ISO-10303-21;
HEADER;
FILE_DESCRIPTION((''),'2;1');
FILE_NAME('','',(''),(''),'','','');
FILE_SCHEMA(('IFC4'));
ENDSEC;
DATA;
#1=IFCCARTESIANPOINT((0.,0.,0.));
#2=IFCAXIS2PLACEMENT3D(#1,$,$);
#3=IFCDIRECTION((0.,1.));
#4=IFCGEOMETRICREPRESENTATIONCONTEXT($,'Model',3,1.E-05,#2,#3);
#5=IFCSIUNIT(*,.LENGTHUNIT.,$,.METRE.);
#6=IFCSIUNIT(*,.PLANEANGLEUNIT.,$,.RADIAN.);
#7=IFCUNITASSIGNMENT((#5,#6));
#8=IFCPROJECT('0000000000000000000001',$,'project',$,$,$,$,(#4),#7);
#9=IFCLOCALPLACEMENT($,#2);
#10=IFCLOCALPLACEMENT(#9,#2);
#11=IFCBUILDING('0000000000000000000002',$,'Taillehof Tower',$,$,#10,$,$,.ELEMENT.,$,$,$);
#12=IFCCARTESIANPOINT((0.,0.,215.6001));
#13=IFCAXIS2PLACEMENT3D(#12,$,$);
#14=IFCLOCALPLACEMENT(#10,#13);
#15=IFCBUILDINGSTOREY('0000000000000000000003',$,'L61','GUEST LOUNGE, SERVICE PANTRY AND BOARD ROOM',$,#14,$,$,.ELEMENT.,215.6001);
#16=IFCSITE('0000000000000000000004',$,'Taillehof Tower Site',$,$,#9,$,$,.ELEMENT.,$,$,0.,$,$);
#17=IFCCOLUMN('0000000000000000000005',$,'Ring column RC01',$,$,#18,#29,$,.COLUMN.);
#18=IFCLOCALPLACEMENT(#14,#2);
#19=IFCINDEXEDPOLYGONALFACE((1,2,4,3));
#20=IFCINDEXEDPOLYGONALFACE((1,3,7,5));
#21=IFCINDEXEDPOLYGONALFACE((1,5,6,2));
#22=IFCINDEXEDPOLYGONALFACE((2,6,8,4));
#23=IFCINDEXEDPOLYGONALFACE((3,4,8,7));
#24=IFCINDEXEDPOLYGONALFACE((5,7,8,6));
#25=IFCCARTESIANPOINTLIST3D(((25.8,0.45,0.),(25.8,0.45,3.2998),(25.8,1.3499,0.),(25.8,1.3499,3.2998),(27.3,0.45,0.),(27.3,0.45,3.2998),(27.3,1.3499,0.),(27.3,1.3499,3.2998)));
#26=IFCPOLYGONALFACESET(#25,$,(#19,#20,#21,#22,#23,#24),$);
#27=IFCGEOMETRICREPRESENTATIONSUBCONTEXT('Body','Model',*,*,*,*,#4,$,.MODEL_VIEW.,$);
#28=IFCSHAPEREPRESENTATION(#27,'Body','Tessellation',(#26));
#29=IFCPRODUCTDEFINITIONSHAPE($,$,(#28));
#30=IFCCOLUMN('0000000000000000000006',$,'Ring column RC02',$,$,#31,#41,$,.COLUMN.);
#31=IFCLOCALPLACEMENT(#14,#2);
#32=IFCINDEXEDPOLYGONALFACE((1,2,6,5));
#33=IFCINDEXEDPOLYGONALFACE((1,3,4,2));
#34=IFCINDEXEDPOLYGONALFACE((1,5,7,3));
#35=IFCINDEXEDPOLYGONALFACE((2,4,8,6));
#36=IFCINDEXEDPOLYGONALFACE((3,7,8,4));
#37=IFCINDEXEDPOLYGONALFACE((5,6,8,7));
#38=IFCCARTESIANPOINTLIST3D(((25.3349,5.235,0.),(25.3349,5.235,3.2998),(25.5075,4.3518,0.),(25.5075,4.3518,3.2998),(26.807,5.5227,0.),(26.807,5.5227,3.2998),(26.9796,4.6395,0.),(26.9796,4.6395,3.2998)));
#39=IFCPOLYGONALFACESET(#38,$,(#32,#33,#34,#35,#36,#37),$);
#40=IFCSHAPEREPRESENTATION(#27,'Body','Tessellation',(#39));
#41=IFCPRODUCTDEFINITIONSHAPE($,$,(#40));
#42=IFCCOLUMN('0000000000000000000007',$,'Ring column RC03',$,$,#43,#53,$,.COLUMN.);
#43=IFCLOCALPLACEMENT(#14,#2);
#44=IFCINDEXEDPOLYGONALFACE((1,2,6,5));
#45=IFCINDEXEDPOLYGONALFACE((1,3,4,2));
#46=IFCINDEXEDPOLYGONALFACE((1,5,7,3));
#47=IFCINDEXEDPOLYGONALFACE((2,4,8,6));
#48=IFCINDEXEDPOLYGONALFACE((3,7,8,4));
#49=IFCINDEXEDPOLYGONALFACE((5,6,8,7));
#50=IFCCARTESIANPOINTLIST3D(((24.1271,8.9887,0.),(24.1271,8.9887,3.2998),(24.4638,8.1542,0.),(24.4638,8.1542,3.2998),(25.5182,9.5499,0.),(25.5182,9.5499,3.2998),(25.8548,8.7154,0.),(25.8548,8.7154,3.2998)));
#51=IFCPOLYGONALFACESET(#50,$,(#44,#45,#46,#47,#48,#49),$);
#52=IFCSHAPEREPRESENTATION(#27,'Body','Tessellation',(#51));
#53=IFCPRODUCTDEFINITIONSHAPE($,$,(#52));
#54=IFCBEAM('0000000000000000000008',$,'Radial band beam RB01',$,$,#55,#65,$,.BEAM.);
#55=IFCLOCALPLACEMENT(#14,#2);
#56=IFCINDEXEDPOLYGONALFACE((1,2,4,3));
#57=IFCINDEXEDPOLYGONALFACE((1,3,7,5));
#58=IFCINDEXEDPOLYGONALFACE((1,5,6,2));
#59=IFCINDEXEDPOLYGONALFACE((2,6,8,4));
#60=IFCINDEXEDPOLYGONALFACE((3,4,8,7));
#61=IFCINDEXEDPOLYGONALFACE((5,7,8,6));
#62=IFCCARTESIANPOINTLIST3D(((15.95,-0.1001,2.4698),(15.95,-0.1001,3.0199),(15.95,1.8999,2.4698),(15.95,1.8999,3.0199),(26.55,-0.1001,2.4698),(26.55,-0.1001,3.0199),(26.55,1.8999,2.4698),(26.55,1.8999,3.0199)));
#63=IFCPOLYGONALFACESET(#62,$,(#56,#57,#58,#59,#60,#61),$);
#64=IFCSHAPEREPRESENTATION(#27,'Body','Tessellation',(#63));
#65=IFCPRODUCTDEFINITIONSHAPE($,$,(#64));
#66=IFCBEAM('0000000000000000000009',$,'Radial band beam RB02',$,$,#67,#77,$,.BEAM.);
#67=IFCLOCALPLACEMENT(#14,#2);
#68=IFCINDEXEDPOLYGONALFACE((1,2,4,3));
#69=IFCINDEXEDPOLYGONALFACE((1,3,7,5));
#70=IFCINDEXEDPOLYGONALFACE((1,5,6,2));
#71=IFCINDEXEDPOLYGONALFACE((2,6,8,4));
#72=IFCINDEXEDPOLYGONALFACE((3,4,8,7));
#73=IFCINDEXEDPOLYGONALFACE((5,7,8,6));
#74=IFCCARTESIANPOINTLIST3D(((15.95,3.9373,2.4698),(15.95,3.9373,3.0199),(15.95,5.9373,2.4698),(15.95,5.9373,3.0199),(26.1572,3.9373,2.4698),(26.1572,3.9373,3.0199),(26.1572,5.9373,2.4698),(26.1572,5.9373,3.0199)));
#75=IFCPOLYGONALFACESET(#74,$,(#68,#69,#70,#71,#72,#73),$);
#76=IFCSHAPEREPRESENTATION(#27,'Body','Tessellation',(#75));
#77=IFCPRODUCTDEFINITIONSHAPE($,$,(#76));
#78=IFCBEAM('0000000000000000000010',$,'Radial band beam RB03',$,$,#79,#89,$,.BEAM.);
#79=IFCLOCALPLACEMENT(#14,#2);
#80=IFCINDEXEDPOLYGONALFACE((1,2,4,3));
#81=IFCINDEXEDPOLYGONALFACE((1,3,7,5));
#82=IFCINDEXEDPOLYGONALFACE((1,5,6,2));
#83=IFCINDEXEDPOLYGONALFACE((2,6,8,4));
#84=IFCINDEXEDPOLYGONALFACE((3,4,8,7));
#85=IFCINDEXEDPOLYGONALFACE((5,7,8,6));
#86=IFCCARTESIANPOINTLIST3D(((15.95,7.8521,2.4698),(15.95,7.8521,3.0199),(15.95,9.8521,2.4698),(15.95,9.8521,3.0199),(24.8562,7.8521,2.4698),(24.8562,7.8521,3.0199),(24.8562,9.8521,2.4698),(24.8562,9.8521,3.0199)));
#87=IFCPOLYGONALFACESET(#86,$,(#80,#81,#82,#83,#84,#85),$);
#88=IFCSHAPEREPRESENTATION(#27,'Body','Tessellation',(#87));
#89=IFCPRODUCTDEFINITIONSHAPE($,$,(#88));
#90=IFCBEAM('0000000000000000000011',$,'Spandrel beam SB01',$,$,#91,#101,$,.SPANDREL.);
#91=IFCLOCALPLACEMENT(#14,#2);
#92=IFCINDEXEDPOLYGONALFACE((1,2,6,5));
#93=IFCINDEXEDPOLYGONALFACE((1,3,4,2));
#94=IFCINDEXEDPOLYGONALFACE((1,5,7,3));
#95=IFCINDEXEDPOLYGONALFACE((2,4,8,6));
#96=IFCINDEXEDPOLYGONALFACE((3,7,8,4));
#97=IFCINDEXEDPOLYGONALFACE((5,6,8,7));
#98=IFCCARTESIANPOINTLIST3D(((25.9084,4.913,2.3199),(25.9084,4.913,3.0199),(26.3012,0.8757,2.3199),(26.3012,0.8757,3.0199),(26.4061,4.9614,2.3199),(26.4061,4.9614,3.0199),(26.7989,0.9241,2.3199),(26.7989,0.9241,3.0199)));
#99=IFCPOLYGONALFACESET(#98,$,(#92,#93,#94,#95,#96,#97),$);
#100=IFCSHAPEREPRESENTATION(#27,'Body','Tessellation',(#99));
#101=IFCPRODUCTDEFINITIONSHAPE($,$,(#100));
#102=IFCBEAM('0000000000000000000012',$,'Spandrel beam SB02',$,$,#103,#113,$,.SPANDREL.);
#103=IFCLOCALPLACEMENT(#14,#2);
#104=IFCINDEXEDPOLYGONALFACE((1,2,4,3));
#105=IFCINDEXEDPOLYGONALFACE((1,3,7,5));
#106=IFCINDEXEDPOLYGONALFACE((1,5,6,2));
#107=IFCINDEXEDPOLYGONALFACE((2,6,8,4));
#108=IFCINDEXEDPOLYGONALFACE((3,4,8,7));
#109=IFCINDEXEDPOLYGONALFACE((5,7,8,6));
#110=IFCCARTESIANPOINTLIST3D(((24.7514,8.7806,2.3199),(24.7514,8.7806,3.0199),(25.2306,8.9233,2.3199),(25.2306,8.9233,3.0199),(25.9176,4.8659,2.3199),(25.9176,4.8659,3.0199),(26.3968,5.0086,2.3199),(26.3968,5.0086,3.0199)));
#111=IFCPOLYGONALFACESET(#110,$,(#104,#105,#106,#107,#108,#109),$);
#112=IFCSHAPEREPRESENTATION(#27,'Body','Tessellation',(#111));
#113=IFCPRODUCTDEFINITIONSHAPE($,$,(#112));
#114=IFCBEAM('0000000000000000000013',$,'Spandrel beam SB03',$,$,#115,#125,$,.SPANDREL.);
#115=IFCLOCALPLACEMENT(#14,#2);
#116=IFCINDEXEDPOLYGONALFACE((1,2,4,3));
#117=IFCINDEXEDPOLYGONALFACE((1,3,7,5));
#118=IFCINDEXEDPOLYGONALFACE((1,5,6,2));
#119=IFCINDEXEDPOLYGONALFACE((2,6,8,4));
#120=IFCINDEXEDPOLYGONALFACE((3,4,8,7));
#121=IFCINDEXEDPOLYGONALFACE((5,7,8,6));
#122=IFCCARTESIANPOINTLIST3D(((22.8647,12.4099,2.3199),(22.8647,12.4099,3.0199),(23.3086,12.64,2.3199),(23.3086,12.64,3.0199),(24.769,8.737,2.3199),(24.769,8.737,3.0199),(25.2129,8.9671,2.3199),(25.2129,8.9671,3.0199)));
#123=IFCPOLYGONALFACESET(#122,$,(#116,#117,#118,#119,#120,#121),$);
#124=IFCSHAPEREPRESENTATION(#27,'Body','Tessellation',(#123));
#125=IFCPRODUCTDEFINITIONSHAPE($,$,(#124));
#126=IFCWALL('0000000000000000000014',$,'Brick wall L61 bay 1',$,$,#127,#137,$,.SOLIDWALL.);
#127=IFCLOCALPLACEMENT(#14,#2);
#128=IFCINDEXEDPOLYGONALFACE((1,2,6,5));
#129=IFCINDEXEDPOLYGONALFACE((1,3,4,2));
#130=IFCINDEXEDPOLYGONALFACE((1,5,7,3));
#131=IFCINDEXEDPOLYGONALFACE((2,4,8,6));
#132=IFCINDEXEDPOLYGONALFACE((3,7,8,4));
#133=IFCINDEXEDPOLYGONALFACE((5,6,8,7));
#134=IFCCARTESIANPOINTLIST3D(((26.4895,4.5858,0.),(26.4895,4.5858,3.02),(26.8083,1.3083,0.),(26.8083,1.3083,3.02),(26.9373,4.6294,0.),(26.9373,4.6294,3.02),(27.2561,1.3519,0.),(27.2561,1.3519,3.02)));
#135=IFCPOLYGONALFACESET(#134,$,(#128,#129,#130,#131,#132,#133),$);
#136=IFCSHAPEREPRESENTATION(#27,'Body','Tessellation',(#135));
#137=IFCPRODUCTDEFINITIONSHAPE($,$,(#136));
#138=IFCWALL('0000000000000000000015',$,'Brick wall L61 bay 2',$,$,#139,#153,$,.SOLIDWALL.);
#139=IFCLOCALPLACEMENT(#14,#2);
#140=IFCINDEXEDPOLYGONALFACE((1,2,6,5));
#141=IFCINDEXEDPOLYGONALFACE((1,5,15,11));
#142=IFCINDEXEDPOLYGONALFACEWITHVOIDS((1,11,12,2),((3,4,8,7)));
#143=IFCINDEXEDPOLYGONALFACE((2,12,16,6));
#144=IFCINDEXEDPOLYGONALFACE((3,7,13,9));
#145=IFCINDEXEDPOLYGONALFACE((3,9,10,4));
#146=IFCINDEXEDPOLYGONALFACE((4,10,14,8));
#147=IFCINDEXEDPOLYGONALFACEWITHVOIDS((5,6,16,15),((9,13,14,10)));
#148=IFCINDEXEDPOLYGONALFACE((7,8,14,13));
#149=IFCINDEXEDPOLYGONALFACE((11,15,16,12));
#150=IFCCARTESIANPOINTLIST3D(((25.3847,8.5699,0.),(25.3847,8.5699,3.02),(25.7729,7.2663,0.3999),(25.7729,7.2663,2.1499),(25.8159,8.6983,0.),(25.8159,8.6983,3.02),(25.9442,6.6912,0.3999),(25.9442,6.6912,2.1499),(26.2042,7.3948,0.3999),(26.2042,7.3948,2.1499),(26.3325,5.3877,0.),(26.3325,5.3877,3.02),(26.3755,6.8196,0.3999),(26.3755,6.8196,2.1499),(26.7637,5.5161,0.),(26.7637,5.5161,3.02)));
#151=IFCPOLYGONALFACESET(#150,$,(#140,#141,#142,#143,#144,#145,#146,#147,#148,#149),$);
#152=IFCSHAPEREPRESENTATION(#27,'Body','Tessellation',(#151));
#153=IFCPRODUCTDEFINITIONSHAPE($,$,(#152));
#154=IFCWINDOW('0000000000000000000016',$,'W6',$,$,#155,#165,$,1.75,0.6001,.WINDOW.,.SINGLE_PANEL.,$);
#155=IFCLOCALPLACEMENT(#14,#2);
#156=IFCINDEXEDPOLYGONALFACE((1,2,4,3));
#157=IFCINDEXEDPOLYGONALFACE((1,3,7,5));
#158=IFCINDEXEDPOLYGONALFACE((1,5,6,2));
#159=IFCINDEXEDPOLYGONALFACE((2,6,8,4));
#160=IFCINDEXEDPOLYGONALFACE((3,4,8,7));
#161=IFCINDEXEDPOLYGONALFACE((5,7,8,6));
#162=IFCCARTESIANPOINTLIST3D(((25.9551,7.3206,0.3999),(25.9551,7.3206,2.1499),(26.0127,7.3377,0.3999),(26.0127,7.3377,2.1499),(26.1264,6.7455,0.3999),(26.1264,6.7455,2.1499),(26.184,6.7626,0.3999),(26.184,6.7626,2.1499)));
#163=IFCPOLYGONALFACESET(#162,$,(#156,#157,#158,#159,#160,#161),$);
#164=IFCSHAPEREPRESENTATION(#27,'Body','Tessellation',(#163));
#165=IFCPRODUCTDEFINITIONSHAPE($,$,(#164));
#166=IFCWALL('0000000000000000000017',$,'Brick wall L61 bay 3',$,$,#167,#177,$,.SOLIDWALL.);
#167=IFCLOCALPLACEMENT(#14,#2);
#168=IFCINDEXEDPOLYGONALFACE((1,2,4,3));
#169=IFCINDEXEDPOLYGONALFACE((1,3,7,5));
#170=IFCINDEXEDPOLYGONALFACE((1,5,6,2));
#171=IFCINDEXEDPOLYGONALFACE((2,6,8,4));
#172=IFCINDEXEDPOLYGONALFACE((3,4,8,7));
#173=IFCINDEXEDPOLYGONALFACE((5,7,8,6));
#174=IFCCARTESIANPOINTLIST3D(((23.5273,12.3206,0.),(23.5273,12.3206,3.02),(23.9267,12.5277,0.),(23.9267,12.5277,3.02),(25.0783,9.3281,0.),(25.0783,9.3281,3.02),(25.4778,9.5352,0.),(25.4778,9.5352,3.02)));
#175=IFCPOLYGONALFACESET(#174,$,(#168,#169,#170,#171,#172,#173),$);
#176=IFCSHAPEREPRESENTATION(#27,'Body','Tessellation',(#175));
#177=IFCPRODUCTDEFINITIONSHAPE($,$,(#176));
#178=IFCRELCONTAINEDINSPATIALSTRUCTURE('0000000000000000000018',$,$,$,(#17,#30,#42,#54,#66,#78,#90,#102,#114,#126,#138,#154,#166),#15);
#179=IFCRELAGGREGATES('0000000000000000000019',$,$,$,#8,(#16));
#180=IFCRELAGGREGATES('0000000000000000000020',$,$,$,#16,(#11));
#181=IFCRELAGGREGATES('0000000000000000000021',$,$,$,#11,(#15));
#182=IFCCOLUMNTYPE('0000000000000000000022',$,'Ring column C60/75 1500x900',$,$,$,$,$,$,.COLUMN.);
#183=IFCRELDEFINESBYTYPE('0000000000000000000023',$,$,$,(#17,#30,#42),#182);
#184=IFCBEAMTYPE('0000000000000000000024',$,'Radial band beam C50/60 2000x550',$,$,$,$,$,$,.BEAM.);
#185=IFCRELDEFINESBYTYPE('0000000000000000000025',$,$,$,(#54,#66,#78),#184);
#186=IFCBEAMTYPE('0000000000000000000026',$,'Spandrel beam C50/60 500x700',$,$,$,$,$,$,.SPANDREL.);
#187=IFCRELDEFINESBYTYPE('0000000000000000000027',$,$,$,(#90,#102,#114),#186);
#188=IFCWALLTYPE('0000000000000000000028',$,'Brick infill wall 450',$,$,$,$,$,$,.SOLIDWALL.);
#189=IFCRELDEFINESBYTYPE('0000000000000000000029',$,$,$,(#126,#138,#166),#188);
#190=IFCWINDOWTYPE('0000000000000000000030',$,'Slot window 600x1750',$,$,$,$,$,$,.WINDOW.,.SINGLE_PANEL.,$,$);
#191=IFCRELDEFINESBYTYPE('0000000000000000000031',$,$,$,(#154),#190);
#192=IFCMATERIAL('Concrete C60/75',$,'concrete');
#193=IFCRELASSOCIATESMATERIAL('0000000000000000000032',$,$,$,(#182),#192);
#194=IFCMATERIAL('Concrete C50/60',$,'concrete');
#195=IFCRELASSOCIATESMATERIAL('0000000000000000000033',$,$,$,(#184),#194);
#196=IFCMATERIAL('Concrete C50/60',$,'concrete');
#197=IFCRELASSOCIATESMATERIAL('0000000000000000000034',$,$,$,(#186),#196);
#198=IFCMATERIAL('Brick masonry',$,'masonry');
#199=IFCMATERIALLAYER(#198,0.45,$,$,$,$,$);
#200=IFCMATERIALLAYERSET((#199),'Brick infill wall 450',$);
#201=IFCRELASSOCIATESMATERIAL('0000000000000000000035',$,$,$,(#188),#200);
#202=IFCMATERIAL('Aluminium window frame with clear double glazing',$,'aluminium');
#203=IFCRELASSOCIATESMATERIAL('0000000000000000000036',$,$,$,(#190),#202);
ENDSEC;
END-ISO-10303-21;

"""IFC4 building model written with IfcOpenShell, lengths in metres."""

from ifc_helpers import new_model, si_unit, direction, frame, frame_2d, origin, origin_2d, place, context, subcontext, project, spatial, rectangle, extrude, material, layer, layer_set, material_profile, profile_set, type_object, element, fill, save


model = new_model("IFC4")

# Units and contexts
model_context = context("Model", 3, precision=1e-05, world=origin(), true_north=direction((0.0, 1.0)))
body_context = subcontext(model_context, "Body", "Model", "MODEL_VIEW")
ifc_project = project(units=[si_unit("LENGTHUNIT", "METRE"), si_unit("PLANEANGLEUNIT", "RADIAN")], contexts=[model_context])

# Site, building, storey
site_placement = place(None, origin())
site = spatial("IfcSite", under=ifc_project, at=site_placement, Name="Taillehof Tower Site", CompositionType="ELEMENT", RefElevation=0.0)
building_placement = place(site_placement, origin())
building = spatial("IfcBuilding", under=site, at=building_placement, Name="Taillehof Tower", CompositionType="ELEMENT")
storey_placement = place(building_placement, frame((0.0, 0.0, 215.6001)))
storey = spatial("IfcBuildingStorey", under=building, at=storey_placement, Name="L61", Description="GUEST LOUNGE, SERVICE PANTRY AND BOARD ROOM", CompositionType="ELEMENT", Elevation=215.6001)

# Columns
ifc_material_1 = material(Name="Concrete C60/75", Category="concrete")
ifc_material_profile_1 = material_profile(ifc_material_1, rectangle(XDim=1.5, YDim=0.8999, at=origin_2d()), Name="RC 1500x900")
ifc_profile_set_1 = profile_set([ifc_material_profile_1], Name="Concrete C60/75")
column_type = type_object("IfcColumnType", Name="Ring column C60/75 1500x900", PredefinedType="COLUMN", material=ifc_profile_set_1)
for number, where, z_axis, x_axis, name in (
    (1, (26.55, 0.8999, 0.0), (0.0, 0.0, 1.0), (1.0, 0.0, 0.0), "Ring column RC01"),
    (2, (26.1572, 4.9373, 0.0), (0.0, 0.0, 1.0), (0.981434, 0.191801, 0.0), "Ring column RC02"),
    (3, (24.991, 8.8521, 0.0), (0.0, 0.0, 1.0), (0.927385, 0.374108, 0.0), "Ring column RC03"),
):
    element("IfcColumn", number, at=place(storey_placement, frame(where, z_axis=z_axis, x_axis=x_axis)), inside=storey, type_object=column_type, Name=name, PredefinedType="COLUMN", context=body_context, shape_type="SweptSolid", body=[
        extrude(rectangle(XDim=1.5, YDim=0.8999, at=origin_2d()), origin(), (0.0, 0.0, 1.0), 3.2998),
    ])

# Beams
ifc_material_2 = material(Name="Concrete C50/60", Category="concrete")
ifc_material_profile_2 = material_profile(ifc_material_2, rectangle(XDim=2.0, YDim=0.55, at=origin_2d()), Name="RC 2000x550")
ifc_profile_set_2 = profile_set([ifc_material_profile_2], Name="Concrete C50/60")
beam_type_1 = type_object("IfcBeamType", Name="Radial band beam C50/60 2000x550", PredefinedType="BEAM", material=ifc_profile_set_2)
beam_1_placement = place(storey_placement, frame((26.55, 0.8999, 2.7449), z_axis=(-1.0, 0.0, 0.0), x_axis=(0.0, -1.0, 0.0)))
element("IfcBeam", 4, at=beam_1_placement, inside=storey, type_object=beam_type_1, Name="Radial band beam RB01", PredefinedType="BEAM", context=body_context, shape_type="SweptSolid", body=[
    extrude(rectangle(XDim=2.0, YDim=0.55, at=origin_2d()), origin(), (0.0, 0.0, 1.0), 10.6001),
])
beam_2_placement = place(storey_placement, frame((26.1572, 4.9373, 2.7449), z_axis=(-1.0, 0.0, 0.0), x_axis=(0.0, -1.0, 0.0)))
element("IfcBeam", 5, at=beam_2_placement, inside=storey, type_object=beam_type_1, Name="Radial band beam RB02", PredefinedType="BEAM", context=body_context, shape_type="SweptSolid", body=[
    extrude(rectangle(XDim=2.0, YDim=0.55, at=origin_2d()), origin(), (0.0, 0.0, 1.0), 10.2073),
])
beam_3_placement = place(storey_placement, frame((24.8562, 8.8521, 2.7449), z_axis=(-1.0, 0.0, 0.0), x_axis=(0.0, -1.0, 0.0)))
element("IfcBeam", 6, at=beam_3_placement, inside=storey, type_object=beam_type_1, Name="Radial band beam RB03", PredefinedType="BEAM", context=body_context, shape_type="SweptSolid", body=[
    extrude(rectangle(XDim=2.0, YDim=0.55, at=origin_2d()), origin(), (0.0, 0.0, 1.0), 8.9062),
])
ifc_material_3 = material(Name="Concrete C50/60", Category="concrete")
ifc_material_profile_3 = material_profile(ifc_material_3, rectangle(XDim=0.5, YDim=0.7, at=origin_2d()), Name="RC 500x700")
ifc_profile_set_3 = profile_set([ifc_material_profile_3], Name="Concrete C50/60")
beam_type_2 = type_object("IfcBeamType", Name="Spandrel beam C50/60 500x700", PredefinedType="SPANDREL", material=ifc_profile_set_3)
beam_4_placement = place(storey_placement, frame((26.55, 0.8999, 2.6699), z_axis=(-0.09684, 0.9953, 0.0), x_axis=(-0.9953, -0.09684, 0.0)))
element("IfcBeam", 7, at=beam_4_placement, inside=storey, type_object=beam_type_2, Name="Spandrel beam SB01", PredefinedType="SPANDREL", context=body_context, shape_type="SweptSolid", body=[
    extrude(rectangle(XDim=0.5, YDim=0.7, at=origin_2d()), origin(), (0.0, 0.0, 1.0), 4.0564),
])
beam_5_placement = place(storey_placement, frame((26.1572, 4.9373, 2.6699), z_axis=(-0.28551, 0.958376, 0.0), x_axis=(-0.958376, -0.28551, 0.0)))
element("IfcBeam", 8, at=beam_5_placement, inside=storey, type_object=beam_type_2, Name="Spandrel beam SB02", PredefinedType="SPANDREL", context=body_context, shape_type="SweptSolid", body=[
    extrude(rectangle(XDim=0.5, YDim=0.7, at=origin_2d()), origin(), (0.0, 0.0, 1.0), 4.0847),
])
beam_6_placement = place(storey_placement, frame((24.991, 8.8521, 2.6699), z_axis=(-0.46029, 0.887769, 0.0), x_axis=(-0.887769, -0.46029, 0.0)))
element("IfcBeam", 9, at=beam_6_placement, inside=storey, type_object=beam_type_2, Name="Spandrel beam SB03", PredefinedType="SPANDREL", context=body_context, shape_type="SweptSolid", body=[
    extrude(rectangle(XDim=0.5, YDim=0.7, at=origin_2d()), origin(), (0.0, 0.0, 1.0), 4.1372),
])

# Wall
ifc_material_4 = material(Name="Brick masonry", Category="masonry")
ifc_layer_1 = layer(ifc_material_4, 0.45)
ifc_layer_set_1 = layer_set([ifc_layer_1], Name="Brick infill wall 450")
wall_type_1 = type_object("IfcWallType", Name="Brick infill wall 450", PredefinedType="SOLIDWALL", material=ifc_layer_set_1)
wall_1_placement = place(storey_placement, frame((27.0322, 1.3301, 0.0), z_axis=(0.0, 0.0, 1.0), x_axis=(-0.096824, 0.995302, 0.0)))
element("IfcWall", 10, at=wall_1_placement, inside=storey, type_object=wall_type_1, Name="Brick wall L61 bay 1", PredefinedType="SOLIDWALL", context=body_context, shape_type="SweptSolid", body=[
    extrude(rectangle(XDim=3.293, YDim=0.45, at=frame_2d((1.6465, 0.0))), origin(), (0.0, 0.0, 1.0), 3.02),
])

# Wall, opening, window
wall_2_placement = place(storey_placement, frame((26.5481, 5.4519, 0.0), z_axis=(0.0, 0.0, 1.0), x_axis=(-0.285445, 0.958395, 0.0)))
wall_2 = element("IfcWall", 11, at=wall_2_placement, inside=storey, type_object=wall_type_1, Name="Brick wall L61 bay 2", PredefinedType="SOLIDWALL", context=body_context, shape_type="SweptSolid", body=[
    extrude(rectangle(XDim=3.3203, YDim=0.45, at=frame_2d((1.6602, 0.0))), origin(), (0.0, 0.0, 1.0), 3.02),
])
opening_1_placement = place(wall_2_placement, frame((1.3601, 0.0, 0.3999)))
opening_1 = element("IfcOpeningElement", 12, at=opening_1_placement, cuts=wall_2, PredefinedType="OPENING", context=body_context, shape_type="SweptSolid", body=[
    extrude(rectangle(XDim=0.6001, YDim=1.75, at=frame_2d((0.3, 0.875))), frame((0.0, 0.2349, 0.0), z_axis=(0.0, -1.0, 0.0), x_axis=(1.0, 0.0, 0.0)), (0.0, 0.0, 1.0), 0.47),
])
ifc_material_5 = material(Name="Aluminium window frame with clear double glazing", Category="aluminium")
window_type = type_object("IfcWindowType", Name="Slot window 600x1750", PartitioningType="SINGLE_PANEL", PredefinedType="WINDOW", material=ifc_material_5)
window_placement = place(opening_1_placement, origin())
window = element("IfcWindow", 13, at=window_placement, inside=storey, type_object=window_type, Name="W6", OverallHeight=1.75, OverallWidth=0.6001, PartitioningType="SINGLE_PANEL", PredefinedType="WINDOW", context=body_context, shape_type="SweptSolid", body=[
    extrude(rectangle(XDim=0.6001, YDim=1.75, at=frame_2d((0.3, 0.875))), frame((0.0, 0.0349, 0.0), z_axis=(0.0, -1.0, 0.0), x_axis=(1.0, 0.0, 0.0)), (0.0, 0.0, 1.0), 0.0601),
])
fill(opening_1, window)

# Wall
wall_3_placement = place(storey_placement, frame((25.2781, 9.4316, 0.0), z_axis=(0.0, 0.0, 1.0), x_axis=(-0.460176, 0.887828, 0.0)))
element("IfcWall", 14, at=wall_3_placement, inside=storey, type_object=wall_type_1, Name="Brick wall L61 bay 3", PredefinedType="SOLIDWALL", context=body_context, shape_type="SweptSolid", body=[
    extrude(rectangle(XDim=3.3706, YDim=0.45, at=frame_2d((1.6853, 0.0))), origin(), (0.0, 0.0, 1.0), 3.02),
])

save(model, "model.ifc")
